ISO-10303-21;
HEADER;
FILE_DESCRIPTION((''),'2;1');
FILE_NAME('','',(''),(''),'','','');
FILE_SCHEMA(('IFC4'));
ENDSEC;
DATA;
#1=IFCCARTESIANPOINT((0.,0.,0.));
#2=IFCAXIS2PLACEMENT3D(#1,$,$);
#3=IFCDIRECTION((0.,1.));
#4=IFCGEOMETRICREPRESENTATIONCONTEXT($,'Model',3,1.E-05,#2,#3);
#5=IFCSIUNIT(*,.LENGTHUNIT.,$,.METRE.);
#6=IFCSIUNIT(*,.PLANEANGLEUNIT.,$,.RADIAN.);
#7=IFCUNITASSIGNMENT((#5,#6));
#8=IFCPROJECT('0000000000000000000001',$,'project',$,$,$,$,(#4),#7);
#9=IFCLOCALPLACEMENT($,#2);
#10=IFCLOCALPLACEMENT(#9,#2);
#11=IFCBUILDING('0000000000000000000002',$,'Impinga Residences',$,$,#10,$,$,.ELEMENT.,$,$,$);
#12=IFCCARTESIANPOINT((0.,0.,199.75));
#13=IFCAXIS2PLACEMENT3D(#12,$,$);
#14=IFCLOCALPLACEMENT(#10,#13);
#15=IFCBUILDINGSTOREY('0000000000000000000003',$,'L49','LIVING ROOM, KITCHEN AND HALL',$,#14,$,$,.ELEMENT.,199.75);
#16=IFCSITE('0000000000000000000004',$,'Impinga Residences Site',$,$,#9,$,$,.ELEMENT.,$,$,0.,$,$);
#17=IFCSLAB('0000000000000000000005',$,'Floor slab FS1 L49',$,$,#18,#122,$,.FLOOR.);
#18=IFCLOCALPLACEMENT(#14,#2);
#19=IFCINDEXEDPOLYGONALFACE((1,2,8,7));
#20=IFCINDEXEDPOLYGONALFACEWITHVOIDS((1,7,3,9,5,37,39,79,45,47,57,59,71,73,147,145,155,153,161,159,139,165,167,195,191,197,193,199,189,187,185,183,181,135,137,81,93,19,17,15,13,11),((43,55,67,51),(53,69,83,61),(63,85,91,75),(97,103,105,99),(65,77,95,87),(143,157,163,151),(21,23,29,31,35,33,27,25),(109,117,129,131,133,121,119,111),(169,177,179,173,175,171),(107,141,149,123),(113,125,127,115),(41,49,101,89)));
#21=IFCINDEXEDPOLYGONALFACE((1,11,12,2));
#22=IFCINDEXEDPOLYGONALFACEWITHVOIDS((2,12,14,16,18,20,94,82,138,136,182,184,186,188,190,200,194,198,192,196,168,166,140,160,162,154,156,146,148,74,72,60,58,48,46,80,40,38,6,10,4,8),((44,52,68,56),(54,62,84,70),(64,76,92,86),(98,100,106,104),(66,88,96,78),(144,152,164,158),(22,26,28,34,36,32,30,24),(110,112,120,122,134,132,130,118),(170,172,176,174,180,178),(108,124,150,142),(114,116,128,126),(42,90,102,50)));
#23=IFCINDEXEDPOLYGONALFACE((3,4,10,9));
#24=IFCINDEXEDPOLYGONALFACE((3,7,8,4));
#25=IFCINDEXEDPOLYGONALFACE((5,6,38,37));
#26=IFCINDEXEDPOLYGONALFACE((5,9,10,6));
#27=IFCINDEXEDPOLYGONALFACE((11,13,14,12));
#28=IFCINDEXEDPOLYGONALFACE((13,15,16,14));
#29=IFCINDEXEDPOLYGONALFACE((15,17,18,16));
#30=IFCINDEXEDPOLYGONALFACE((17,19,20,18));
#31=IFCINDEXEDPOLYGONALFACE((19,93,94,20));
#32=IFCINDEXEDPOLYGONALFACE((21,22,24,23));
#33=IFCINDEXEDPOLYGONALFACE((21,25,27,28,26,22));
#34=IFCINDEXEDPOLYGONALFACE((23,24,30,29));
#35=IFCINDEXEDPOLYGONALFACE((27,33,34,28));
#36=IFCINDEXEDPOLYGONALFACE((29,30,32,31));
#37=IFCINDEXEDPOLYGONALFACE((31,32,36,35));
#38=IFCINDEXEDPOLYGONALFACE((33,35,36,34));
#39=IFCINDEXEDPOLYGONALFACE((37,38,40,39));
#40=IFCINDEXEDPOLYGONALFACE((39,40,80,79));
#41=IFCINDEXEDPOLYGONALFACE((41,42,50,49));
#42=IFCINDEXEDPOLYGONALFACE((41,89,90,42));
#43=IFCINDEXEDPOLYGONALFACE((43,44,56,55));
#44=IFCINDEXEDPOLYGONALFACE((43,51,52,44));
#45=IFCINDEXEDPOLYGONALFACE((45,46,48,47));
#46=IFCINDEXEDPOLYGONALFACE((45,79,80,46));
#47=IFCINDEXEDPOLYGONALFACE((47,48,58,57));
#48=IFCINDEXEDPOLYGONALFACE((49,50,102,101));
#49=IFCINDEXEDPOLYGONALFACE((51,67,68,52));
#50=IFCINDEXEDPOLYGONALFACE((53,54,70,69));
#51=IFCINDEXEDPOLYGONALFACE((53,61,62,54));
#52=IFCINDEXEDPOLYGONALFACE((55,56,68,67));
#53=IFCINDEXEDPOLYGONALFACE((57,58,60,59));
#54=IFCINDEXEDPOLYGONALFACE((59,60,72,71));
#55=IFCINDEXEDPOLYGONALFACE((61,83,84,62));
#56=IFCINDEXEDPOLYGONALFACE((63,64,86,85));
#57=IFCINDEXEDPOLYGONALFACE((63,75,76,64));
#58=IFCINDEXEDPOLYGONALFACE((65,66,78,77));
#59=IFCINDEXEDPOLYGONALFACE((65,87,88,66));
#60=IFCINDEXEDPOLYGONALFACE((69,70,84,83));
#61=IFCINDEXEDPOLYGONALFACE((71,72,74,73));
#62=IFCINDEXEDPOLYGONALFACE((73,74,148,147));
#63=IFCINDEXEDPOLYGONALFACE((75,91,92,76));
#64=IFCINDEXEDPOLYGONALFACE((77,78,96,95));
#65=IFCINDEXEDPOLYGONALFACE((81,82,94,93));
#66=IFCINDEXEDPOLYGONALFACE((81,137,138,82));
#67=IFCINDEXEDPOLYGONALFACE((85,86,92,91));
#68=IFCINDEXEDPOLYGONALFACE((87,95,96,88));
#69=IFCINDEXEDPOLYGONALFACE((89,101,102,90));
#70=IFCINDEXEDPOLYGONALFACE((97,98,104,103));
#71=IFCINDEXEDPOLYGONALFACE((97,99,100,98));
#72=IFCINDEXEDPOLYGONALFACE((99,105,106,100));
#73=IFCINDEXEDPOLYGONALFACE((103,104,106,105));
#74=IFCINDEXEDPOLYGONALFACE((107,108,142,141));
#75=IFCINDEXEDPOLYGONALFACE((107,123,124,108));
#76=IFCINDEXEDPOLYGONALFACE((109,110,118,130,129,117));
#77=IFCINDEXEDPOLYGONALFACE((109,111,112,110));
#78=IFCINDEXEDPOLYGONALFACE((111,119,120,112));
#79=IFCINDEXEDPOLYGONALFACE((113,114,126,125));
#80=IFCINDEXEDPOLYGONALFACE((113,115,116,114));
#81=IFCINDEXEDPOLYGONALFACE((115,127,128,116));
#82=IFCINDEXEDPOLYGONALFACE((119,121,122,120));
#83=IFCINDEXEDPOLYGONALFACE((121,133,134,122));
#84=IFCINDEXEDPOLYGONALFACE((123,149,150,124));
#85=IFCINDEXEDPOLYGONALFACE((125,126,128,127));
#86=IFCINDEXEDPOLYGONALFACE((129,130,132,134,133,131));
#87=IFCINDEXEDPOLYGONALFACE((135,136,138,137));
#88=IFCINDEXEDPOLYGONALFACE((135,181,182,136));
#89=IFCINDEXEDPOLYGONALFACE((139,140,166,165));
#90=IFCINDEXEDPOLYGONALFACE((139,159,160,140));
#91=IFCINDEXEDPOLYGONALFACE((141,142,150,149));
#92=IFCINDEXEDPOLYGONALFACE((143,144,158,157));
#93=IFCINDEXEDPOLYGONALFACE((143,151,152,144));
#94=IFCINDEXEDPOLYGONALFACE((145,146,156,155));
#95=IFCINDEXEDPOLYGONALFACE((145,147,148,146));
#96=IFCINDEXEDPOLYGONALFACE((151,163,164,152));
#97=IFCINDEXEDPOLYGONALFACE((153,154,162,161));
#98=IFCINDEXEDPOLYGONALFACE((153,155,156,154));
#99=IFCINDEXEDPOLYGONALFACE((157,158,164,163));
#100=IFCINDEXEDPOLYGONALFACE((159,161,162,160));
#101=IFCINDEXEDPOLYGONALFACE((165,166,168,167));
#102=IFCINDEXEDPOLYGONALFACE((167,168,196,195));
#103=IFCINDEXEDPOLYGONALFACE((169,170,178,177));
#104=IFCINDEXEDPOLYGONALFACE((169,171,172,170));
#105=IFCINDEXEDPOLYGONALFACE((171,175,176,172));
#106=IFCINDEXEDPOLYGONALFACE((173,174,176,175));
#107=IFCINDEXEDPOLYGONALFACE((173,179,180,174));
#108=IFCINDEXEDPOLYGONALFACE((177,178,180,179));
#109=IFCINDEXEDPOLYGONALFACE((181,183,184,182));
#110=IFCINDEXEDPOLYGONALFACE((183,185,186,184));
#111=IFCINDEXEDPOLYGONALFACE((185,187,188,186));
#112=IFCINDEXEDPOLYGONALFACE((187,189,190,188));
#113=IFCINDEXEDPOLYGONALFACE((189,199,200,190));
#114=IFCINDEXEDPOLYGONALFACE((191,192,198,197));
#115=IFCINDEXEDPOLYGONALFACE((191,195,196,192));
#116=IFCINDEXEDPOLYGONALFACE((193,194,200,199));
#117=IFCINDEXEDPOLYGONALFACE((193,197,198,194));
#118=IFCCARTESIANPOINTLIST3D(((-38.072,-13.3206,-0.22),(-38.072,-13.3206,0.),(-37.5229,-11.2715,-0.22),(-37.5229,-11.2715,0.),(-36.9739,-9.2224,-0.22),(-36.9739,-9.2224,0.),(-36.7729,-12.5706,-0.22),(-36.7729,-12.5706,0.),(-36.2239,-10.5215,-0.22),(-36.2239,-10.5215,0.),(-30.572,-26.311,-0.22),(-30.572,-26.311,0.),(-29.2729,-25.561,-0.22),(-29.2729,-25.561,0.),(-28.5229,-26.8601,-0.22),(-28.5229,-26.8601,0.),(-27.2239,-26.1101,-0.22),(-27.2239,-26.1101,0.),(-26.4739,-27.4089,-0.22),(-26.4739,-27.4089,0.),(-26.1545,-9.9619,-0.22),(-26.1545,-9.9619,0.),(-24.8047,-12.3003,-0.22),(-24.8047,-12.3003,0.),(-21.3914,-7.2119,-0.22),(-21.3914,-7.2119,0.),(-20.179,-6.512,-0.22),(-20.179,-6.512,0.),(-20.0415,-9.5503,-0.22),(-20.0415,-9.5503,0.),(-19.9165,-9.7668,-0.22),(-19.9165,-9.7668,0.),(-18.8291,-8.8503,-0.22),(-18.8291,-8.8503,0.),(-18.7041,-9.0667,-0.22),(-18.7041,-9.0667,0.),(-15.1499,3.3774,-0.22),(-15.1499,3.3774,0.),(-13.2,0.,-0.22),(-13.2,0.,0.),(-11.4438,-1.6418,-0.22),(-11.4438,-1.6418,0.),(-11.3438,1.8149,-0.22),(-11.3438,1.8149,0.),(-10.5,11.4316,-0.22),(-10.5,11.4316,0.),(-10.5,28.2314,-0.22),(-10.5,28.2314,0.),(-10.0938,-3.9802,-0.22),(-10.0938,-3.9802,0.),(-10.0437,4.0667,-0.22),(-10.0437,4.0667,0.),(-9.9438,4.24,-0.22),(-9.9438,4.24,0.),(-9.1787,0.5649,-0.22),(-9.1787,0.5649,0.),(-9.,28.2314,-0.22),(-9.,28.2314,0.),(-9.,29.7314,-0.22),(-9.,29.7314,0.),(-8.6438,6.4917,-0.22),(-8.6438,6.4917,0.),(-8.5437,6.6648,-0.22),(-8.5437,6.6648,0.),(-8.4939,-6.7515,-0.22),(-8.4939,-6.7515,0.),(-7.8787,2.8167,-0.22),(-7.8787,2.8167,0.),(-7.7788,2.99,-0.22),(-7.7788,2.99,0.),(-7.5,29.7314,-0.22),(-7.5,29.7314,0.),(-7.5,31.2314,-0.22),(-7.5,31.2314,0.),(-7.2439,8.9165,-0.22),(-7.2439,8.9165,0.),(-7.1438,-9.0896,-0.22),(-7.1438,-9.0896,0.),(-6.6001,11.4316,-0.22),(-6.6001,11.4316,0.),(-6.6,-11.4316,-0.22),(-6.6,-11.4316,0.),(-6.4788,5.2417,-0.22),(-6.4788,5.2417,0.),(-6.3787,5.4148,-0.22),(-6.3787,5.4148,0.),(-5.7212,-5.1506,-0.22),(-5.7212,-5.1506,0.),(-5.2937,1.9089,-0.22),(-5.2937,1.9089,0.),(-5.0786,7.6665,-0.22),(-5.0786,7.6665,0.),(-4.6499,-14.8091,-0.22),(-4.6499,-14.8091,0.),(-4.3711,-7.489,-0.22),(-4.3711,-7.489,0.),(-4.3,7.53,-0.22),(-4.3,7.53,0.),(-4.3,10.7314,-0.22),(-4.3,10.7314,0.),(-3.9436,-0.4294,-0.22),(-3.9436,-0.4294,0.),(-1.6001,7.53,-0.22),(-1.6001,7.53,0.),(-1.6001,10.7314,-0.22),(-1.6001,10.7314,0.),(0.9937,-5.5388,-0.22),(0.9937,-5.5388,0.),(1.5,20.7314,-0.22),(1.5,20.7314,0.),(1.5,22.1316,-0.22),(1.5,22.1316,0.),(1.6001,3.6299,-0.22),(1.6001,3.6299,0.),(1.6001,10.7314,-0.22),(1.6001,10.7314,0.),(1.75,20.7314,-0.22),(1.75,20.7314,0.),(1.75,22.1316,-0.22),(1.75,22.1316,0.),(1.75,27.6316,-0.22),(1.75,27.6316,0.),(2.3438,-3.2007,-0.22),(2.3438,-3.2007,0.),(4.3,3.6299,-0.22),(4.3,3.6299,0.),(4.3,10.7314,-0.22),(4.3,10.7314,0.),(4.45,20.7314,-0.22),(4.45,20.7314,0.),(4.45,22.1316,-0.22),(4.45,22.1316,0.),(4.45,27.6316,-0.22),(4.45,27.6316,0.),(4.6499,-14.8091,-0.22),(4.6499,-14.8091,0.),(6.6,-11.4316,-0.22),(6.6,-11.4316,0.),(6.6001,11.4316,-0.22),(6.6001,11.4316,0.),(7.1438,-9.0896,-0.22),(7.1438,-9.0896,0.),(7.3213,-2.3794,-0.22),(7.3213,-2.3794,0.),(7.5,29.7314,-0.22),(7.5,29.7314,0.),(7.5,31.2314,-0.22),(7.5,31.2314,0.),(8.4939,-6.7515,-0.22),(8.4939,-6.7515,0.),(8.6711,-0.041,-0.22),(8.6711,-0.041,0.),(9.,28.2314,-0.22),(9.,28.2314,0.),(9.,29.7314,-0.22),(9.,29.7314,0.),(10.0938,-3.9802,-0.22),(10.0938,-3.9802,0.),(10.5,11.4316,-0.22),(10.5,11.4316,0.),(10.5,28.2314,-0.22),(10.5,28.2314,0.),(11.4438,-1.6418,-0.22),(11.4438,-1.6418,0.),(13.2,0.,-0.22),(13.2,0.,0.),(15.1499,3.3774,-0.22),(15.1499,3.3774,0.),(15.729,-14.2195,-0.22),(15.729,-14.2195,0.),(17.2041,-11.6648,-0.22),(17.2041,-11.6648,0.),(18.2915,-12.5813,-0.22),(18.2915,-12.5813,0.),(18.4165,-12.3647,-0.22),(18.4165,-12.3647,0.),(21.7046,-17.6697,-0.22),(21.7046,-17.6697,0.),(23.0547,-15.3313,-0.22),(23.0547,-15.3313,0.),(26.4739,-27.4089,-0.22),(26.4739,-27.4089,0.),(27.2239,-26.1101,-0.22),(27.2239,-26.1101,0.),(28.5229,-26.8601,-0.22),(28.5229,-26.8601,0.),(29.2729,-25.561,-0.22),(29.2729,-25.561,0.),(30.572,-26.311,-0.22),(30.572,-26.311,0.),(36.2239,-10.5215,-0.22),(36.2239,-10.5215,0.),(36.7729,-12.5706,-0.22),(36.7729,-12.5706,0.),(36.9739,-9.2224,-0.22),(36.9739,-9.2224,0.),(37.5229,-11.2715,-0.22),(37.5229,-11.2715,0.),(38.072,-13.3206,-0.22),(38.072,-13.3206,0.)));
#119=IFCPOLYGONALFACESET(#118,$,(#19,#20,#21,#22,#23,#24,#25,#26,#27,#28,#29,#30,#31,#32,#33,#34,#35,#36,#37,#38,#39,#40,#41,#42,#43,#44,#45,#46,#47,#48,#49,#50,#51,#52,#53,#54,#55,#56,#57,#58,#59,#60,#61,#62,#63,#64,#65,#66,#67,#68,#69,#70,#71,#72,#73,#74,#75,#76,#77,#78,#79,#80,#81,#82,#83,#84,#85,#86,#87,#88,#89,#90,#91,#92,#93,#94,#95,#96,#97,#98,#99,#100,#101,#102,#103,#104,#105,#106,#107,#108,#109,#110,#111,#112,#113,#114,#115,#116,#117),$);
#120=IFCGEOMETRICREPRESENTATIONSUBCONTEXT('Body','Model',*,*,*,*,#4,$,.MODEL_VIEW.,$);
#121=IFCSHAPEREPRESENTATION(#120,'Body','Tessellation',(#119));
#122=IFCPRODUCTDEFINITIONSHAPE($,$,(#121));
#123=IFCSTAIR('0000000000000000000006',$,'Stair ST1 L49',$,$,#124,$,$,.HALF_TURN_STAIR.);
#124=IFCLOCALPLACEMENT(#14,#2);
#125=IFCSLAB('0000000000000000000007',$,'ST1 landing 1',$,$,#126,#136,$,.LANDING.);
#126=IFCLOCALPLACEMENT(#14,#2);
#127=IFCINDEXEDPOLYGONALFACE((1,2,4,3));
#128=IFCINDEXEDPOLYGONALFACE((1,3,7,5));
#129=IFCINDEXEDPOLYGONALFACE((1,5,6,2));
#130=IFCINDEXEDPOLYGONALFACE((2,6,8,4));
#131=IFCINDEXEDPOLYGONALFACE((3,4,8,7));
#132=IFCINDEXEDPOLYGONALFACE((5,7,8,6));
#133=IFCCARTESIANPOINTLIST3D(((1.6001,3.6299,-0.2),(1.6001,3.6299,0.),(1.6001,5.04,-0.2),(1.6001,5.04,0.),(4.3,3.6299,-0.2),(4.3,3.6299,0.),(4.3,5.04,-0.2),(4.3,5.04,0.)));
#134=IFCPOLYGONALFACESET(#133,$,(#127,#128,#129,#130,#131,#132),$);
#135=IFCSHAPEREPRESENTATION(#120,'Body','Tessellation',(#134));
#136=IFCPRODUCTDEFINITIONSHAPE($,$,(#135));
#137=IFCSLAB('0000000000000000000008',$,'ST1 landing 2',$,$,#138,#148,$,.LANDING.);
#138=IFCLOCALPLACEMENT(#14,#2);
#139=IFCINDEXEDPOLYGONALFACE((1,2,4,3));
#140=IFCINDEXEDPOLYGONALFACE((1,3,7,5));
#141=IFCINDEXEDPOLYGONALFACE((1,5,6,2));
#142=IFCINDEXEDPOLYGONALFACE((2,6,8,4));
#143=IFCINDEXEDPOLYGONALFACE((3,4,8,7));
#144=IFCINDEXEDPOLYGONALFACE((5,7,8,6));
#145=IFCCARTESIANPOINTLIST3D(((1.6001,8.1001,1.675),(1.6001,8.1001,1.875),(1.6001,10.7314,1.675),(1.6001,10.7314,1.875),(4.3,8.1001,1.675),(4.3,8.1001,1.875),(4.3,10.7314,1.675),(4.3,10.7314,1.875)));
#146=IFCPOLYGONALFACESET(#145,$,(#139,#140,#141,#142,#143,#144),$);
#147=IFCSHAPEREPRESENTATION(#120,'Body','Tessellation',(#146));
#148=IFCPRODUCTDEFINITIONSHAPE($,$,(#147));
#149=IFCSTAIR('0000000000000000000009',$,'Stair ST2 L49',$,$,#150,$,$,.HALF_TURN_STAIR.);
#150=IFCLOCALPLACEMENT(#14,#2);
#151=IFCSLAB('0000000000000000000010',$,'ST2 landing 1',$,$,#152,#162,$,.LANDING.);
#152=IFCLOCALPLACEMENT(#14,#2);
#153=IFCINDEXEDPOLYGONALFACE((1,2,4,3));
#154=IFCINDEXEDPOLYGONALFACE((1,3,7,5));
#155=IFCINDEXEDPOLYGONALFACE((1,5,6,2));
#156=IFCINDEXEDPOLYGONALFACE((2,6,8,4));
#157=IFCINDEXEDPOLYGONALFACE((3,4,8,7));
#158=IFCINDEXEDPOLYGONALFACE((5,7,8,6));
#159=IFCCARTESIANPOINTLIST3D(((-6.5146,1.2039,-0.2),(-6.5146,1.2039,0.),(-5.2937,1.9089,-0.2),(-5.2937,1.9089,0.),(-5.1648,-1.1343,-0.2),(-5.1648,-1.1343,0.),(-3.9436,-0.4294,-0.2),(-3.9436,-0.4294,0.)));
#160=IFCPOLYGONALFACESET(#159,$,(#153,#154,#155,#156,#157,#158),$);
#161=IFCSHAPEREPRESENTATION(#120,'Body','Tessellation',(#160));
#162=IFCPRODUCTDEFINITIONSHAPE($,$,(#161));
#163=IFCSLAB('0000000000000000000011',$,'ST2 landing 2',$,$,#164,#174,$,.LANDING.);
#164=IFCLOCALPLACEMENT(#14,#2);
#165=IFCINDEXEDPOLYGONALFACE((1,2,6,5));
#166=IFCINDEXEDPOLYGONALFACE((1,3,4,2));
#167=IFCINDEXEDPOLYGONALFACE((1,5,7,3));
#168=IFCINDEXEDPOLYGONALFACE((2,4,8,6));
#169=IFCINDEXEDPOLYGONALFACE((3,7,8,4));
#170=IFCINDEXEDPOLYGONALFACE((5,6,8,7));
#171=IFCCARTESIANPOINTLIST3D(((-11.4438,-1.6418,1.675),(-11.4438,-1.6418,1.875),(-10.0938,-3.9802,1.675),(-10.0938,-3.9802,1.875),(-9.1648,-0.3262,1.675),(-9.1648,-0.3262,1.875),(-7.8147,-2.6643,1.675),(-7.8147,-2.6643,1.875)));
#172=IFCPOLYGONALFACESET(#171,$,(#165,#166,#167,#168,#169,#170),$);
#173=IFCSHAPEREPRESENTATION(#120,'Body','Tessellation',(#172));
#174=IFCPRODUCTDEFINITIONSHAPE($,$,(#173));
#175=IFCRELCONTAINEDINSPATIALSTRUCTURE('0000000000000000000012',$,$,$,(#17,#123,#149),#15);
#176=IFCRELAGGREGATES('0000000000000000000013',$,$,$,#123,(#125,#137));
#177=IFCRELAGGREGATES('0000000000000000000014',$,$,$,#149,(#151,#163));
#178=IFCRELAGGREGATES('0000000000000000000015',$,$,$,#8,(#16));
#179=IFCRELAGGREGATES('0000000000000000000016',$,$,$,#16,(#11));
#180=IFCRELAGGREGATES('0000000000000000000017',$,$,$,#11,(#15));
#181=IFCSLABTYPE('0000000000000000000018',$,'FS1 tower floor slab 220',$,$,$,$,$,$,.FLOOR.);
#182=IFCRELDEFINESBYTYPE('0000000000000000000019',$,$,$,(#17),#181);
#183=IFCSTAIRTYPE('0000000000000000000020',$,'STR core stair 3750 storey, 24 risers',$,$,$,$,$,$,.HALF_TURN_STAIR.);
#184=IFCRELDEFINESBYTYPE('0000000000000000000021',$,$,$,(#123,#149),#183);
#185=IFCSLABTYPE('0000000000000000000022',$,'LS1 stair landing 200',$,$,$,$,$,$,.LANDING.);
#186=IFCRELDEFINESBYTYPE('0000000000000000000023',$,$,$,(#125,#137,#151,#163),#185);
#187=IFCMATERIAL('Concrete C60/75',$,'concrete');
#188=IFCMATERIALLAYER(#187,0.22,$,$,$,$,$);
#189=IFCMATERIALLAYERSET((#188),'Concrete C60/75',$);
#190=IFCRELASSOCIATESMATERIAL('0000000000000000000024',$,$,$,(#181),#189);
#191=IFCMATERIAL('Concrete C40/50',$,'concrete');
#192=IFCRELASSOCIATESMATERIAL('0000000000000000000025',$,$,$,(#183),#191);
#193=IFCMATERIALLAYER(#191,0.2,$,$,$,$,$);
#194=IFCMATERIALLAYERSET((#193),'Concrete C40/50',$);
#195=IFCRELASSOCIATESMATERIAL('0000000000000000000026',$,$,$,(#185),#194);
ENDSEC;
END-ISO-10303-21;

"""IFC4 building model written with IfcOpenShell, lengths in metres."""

from ifc_helpers import new_model, si_unit, direction, frame, origin, place, context, subcontext, project, spatial, polyline, outline, extrude, material, layer, layer_set, type_object, element, aggregate, save


model = new_model("IFC4")

# Units and contexts
model_context = context("Model", 3, precision=1e-05, world=origin(), true_north=direction((0.0, 1.0)))
body_context = subcontext(model_context, "Body", "Model", "MODEL_VIEW")
ifc_project = project(units=[si_unit("LENGTHUNIT", "METRE"), si_unit("PLANEANGLEUNIT", "RADIAN")], contexts=[model_context])

# Site, building, storey
site_placement = place(None, origin())
site = spatial("IfcSite", under=ifc_project, at=site_placement, Name="Impinga Residences Site", CompositionType="ELEMENT", RefElevation=0.0)
building_placement = place(site_placement, origin())
building = spatial("IfcBuilding", under=site, at=building_placement, Name="Impinga Residences", CompositionType="ELEMENT")
storey_placement = place(building_placement, frame((0.0, 0.0, 199.75)))
storey = spatial("IfcBuildingStorey", under=building, at=storey_placement, Name="L49", Description="LIVING ROOM, KITCHEN AND HALL", CompositionType="ELEMENT", Elevation=199.75)

# Slab
ifc_material_1 = material(Name="Concrete C60/75", Category="concrete")
ifc_layer_1 = layer(ifc_material_1, 0.22)
ifc_layer_set_1 = layer_set([ifc_layer_1], Name="Concrete C60/75")
slab_type_1 = type_object("IfcSlabType", Name="FS1 tower floor slab 220", PredefinedType="FLOOR", material=ifc_layer_set_1)
slab_1_placement = place(storey_placement, frame((0.0, 0.0, -0.22)))
element("IfcSlab", 1, at=slab_1_placement, inside=storey, type_object=slab_type_1, Name="Floor slab FS1 L49", PredefinedType="FLOOR", context=body_context, shape_type="SweptSolid", body=[
    extrude(outline(polyline([(-27.2239, -26.1101), (-28.5229, -26.8601), (-29.2729, -25.561), (-30.572, -26.311), (-38.072, -13.3206), (-36.7729, -12.5706), (-37.5229, -11.2715), (-36.2239, -10.5215), (-36.9739, -9.2224), (-15.1499, 3.3774), (-13.2, 0.0), (-6.6001, 11.4316), (-10.5, 11.4316), (-10.5, 28.2314), (-9.0, 28.2314), (-9.0, 29.7314), (-7.5, 29.7314), (-7.5, 31.2314), (7.5, 31.2314), (7.5, 29.7314), (9.0, 29.7314), (9.0, 28.2314), (10.5, 28.2314), (10.5, 11.4316), (6.6001, 11.4316), (13.2, 0.0), (15.1499, 3.3774), (36.9739, -9.2224), (36.2239, -10.5215), (37.5229, -11.2715), (36.7729, -12.5706), (38.072, -13.3206), (30.572, -26.311), (29.2729, -25.561), (28.5229, -26.8601), (27.2239, -26.1101), (26.4739, -27.4089), (4.6499, -14.8091), (9.9001, -5.7158), (6.6001, -11.4316), (-6.6001, -11.4316), (-9.9001, -5.7158), (-4.6499, -14.8091), (-26.4739, -27.4089), (-27.2239, -26.1101)]), holes=[polyline([(-18.7041, -9.0667), (-18.8291, -8.8503), (-18.8291, -8.8503), (-20.179, -6.512), (-21.3914, -7.2119), (-21.3914, -7.2119), (-26.1545, -9.9619), (-24.8047, -12.3003), (-20.0415, -9.5503), (-19.9165, -9.7668), (-18.7041, -9.0667)]), polyline([(-5.7212, -5.1506), (-8.4939, -6.7515), (-7.1438, -9.0896), (-4.3711, -7.489), (-5.7212, -5.1506)]), polyline([(-5.2937, 1.9089), (-11.4438, -1.6418), (-10.0938, -3.9802), (-3.9436, -0.4294), (-5.2937, 1.9089)]), polyline([(-7.8787, 2.8167), (-10.0437, 4.0667), (-11.3438, 1.8149), (-9.1787, 0.5649), (-7.8787, 2.8167)]), polyline([(-6.4788, 5.2417), (-8.6438, 6.4917), (-9.9438, 4.24), (-7.7788, 2.99), (-6.4788, 5.2417)]), polyline([(-6.3787, 5.4148), (-5.0786, 7.6665), (-7.2439, 8.9165), (-8.5437, 6.6648), (-6.3787, 5.4148)]), polyline([(-4.3, 7.53), (-1.6001, 7.53), (-1.6001, 10.7314), (-4.3, 10.7314), (-4.3, 7.53)]), polyline([(15.729, -14.2195), (21.7046, -17.6697), (23.0547, -15.3313), (18.2915, -12.5813), (18.4165, -12.3647), (17.2041, -11.6648), (15.729, -14.2195)]), polyline([(0.9937, -5.5388), (7.1438, -9.0896), (8.4939, -6.7515), (2.3438, -3.2007), (0.9937, -5.5388)]), polyline([(7.3213, -2.3794), (10.0938, -3.9802), (11.4438, -1.6418), (8.6711, -0.041), (7.3213, -2.3794)]), polyline([(4.3, 3.6299), (4.3, 10.7314), (1.6001, 10.7314), (1.6001, 3.6299), (4.3, 3.6299)]), polyline([(1.75, 22.1316), (1.5, 22.1316), (1.5, 20.7314), (1.75, 20.7314), (4.45, 20.7314), (4.45, 22.1316), (4.45, 27.6316), (1.75, 27.6316), (1.75, 22.1316)])]), origin(), (0.0, 0.0, 1.0), 0.22),
])

# Stairs, slabs
ifc_material_2 = material(Name="Concrete C40/50", Category="concrete")
stair_type_1 = type_object("IfcStairType", Name="STR core stair 3750 storey, 24 risers", PredefinedType="HALF_TURN_STAIR", material=ifc_material_2)
stair_1_placement = place(storey_placement, origin())
stair_1 = element("IfcStair", 2, at=stair_1_placement, inside=storey, type_object=stair_type_1, Name="Stair ST1 L49", PredefinedType="HALF_TURN_STAIR")
ifc_layer_2 = layer(ifc_material_2, 0.2)
ifc_layer_set_2 = layer_set([ifc_layer_2], Name="Concrete C40/50")
slab_type_2 = type_object("IfcSlabType", Name="LS1 stair landing 200", PredefinedType="LANDING", material=ifc_layer_set_2)
slab_2_placement = place(storey_placement, frame((0.0, 0.0, -0.2)))
slab_2 = element("IfcSlab", 3, at=slab_2_placement, type_object=slab_type_2, Name="ST1 landing 1", PredefinedType="LANDING", context=body_context, shape_type="SweptSolid", body=[
    extrude(outline(polyline([(1.6001, 3.6299), (4.3, 3.6299), (4.3, 5.04), (1.6001, 5.04), (1.6001, 3.6299)])), origin(), (0.0, 0.0, 1.0), 0.2),
])
slab_3_placement = place(storey_placement, frame((0.0, 0.0, 1.675)))
slab_3 = element("IfcSlab", 4, at=slab_3_placement, type_object=slab_type_2, Name="ST1 landing 2", PredefinedType="LANDING", context=body_context, shape_type="SweptSolid", body=[
    extrude(outline(polyline([(1.6001, 8.1001), (4.3, 8.1001), (4.3, 10.7314), (1.6001, 10.7314), (1.6001, 8.1001)])), origin(), (0.0, 0.0, 1.0), 0.2),
])
aggregate(stair_1, [slab_2, slab_3])
stair_2_placement = place(storey_placement, origin())
stair_2 = element("IfcStair", 5, at=stair_2_placement, inside=storey, type_object=stair_type_1, Name="Stair ST2 L49", PredefinedType="HALF_TURN_STAIR")
slab_4_placement = place(storey_placement, frame((0.0, 0.0, -0.2)))
slab_4 = element("IfcSlab", 6, at=slab_4_placement, type_object=slab_type_2, Name="ST2 landing 1", PredefinedType="LANDING", context=body_context, shape_type="SweptSolid", body=[
    extrude(outline(polyline([(-3.9436, -0.4294), (-5.2937, 1.9089), (-6.5146, 1.2039), (-5.1648, -1.1343), (-3.9436, -0.4294)])), origin(), (0.0, 0.0, 1.0), 0.2),
])
slab_5_placement = place(storey_placement, frame((0.0, 0.0, 1.675)))
slab_5 = element("IfcSlab", 7, at=slab_5_placement, type_object=slab_type_2, Name="ST2 landing 2", PredefinedType="LANDING", context=body_context, shape_type="SweptSolid", body=[
    extrude(outline(polyline([(-7.8147, -2.6643), (-9.1648, -0.3262), (-11.4438, -1.6418), (-10.0938, -3.9802), (-7.8147, -2.6643)])), origin(), (0.0, 0.0, 1.0), 0.2),
])

aggregate(stair_2, [slab_4, slab_5])

save(model, "model.ifc")
